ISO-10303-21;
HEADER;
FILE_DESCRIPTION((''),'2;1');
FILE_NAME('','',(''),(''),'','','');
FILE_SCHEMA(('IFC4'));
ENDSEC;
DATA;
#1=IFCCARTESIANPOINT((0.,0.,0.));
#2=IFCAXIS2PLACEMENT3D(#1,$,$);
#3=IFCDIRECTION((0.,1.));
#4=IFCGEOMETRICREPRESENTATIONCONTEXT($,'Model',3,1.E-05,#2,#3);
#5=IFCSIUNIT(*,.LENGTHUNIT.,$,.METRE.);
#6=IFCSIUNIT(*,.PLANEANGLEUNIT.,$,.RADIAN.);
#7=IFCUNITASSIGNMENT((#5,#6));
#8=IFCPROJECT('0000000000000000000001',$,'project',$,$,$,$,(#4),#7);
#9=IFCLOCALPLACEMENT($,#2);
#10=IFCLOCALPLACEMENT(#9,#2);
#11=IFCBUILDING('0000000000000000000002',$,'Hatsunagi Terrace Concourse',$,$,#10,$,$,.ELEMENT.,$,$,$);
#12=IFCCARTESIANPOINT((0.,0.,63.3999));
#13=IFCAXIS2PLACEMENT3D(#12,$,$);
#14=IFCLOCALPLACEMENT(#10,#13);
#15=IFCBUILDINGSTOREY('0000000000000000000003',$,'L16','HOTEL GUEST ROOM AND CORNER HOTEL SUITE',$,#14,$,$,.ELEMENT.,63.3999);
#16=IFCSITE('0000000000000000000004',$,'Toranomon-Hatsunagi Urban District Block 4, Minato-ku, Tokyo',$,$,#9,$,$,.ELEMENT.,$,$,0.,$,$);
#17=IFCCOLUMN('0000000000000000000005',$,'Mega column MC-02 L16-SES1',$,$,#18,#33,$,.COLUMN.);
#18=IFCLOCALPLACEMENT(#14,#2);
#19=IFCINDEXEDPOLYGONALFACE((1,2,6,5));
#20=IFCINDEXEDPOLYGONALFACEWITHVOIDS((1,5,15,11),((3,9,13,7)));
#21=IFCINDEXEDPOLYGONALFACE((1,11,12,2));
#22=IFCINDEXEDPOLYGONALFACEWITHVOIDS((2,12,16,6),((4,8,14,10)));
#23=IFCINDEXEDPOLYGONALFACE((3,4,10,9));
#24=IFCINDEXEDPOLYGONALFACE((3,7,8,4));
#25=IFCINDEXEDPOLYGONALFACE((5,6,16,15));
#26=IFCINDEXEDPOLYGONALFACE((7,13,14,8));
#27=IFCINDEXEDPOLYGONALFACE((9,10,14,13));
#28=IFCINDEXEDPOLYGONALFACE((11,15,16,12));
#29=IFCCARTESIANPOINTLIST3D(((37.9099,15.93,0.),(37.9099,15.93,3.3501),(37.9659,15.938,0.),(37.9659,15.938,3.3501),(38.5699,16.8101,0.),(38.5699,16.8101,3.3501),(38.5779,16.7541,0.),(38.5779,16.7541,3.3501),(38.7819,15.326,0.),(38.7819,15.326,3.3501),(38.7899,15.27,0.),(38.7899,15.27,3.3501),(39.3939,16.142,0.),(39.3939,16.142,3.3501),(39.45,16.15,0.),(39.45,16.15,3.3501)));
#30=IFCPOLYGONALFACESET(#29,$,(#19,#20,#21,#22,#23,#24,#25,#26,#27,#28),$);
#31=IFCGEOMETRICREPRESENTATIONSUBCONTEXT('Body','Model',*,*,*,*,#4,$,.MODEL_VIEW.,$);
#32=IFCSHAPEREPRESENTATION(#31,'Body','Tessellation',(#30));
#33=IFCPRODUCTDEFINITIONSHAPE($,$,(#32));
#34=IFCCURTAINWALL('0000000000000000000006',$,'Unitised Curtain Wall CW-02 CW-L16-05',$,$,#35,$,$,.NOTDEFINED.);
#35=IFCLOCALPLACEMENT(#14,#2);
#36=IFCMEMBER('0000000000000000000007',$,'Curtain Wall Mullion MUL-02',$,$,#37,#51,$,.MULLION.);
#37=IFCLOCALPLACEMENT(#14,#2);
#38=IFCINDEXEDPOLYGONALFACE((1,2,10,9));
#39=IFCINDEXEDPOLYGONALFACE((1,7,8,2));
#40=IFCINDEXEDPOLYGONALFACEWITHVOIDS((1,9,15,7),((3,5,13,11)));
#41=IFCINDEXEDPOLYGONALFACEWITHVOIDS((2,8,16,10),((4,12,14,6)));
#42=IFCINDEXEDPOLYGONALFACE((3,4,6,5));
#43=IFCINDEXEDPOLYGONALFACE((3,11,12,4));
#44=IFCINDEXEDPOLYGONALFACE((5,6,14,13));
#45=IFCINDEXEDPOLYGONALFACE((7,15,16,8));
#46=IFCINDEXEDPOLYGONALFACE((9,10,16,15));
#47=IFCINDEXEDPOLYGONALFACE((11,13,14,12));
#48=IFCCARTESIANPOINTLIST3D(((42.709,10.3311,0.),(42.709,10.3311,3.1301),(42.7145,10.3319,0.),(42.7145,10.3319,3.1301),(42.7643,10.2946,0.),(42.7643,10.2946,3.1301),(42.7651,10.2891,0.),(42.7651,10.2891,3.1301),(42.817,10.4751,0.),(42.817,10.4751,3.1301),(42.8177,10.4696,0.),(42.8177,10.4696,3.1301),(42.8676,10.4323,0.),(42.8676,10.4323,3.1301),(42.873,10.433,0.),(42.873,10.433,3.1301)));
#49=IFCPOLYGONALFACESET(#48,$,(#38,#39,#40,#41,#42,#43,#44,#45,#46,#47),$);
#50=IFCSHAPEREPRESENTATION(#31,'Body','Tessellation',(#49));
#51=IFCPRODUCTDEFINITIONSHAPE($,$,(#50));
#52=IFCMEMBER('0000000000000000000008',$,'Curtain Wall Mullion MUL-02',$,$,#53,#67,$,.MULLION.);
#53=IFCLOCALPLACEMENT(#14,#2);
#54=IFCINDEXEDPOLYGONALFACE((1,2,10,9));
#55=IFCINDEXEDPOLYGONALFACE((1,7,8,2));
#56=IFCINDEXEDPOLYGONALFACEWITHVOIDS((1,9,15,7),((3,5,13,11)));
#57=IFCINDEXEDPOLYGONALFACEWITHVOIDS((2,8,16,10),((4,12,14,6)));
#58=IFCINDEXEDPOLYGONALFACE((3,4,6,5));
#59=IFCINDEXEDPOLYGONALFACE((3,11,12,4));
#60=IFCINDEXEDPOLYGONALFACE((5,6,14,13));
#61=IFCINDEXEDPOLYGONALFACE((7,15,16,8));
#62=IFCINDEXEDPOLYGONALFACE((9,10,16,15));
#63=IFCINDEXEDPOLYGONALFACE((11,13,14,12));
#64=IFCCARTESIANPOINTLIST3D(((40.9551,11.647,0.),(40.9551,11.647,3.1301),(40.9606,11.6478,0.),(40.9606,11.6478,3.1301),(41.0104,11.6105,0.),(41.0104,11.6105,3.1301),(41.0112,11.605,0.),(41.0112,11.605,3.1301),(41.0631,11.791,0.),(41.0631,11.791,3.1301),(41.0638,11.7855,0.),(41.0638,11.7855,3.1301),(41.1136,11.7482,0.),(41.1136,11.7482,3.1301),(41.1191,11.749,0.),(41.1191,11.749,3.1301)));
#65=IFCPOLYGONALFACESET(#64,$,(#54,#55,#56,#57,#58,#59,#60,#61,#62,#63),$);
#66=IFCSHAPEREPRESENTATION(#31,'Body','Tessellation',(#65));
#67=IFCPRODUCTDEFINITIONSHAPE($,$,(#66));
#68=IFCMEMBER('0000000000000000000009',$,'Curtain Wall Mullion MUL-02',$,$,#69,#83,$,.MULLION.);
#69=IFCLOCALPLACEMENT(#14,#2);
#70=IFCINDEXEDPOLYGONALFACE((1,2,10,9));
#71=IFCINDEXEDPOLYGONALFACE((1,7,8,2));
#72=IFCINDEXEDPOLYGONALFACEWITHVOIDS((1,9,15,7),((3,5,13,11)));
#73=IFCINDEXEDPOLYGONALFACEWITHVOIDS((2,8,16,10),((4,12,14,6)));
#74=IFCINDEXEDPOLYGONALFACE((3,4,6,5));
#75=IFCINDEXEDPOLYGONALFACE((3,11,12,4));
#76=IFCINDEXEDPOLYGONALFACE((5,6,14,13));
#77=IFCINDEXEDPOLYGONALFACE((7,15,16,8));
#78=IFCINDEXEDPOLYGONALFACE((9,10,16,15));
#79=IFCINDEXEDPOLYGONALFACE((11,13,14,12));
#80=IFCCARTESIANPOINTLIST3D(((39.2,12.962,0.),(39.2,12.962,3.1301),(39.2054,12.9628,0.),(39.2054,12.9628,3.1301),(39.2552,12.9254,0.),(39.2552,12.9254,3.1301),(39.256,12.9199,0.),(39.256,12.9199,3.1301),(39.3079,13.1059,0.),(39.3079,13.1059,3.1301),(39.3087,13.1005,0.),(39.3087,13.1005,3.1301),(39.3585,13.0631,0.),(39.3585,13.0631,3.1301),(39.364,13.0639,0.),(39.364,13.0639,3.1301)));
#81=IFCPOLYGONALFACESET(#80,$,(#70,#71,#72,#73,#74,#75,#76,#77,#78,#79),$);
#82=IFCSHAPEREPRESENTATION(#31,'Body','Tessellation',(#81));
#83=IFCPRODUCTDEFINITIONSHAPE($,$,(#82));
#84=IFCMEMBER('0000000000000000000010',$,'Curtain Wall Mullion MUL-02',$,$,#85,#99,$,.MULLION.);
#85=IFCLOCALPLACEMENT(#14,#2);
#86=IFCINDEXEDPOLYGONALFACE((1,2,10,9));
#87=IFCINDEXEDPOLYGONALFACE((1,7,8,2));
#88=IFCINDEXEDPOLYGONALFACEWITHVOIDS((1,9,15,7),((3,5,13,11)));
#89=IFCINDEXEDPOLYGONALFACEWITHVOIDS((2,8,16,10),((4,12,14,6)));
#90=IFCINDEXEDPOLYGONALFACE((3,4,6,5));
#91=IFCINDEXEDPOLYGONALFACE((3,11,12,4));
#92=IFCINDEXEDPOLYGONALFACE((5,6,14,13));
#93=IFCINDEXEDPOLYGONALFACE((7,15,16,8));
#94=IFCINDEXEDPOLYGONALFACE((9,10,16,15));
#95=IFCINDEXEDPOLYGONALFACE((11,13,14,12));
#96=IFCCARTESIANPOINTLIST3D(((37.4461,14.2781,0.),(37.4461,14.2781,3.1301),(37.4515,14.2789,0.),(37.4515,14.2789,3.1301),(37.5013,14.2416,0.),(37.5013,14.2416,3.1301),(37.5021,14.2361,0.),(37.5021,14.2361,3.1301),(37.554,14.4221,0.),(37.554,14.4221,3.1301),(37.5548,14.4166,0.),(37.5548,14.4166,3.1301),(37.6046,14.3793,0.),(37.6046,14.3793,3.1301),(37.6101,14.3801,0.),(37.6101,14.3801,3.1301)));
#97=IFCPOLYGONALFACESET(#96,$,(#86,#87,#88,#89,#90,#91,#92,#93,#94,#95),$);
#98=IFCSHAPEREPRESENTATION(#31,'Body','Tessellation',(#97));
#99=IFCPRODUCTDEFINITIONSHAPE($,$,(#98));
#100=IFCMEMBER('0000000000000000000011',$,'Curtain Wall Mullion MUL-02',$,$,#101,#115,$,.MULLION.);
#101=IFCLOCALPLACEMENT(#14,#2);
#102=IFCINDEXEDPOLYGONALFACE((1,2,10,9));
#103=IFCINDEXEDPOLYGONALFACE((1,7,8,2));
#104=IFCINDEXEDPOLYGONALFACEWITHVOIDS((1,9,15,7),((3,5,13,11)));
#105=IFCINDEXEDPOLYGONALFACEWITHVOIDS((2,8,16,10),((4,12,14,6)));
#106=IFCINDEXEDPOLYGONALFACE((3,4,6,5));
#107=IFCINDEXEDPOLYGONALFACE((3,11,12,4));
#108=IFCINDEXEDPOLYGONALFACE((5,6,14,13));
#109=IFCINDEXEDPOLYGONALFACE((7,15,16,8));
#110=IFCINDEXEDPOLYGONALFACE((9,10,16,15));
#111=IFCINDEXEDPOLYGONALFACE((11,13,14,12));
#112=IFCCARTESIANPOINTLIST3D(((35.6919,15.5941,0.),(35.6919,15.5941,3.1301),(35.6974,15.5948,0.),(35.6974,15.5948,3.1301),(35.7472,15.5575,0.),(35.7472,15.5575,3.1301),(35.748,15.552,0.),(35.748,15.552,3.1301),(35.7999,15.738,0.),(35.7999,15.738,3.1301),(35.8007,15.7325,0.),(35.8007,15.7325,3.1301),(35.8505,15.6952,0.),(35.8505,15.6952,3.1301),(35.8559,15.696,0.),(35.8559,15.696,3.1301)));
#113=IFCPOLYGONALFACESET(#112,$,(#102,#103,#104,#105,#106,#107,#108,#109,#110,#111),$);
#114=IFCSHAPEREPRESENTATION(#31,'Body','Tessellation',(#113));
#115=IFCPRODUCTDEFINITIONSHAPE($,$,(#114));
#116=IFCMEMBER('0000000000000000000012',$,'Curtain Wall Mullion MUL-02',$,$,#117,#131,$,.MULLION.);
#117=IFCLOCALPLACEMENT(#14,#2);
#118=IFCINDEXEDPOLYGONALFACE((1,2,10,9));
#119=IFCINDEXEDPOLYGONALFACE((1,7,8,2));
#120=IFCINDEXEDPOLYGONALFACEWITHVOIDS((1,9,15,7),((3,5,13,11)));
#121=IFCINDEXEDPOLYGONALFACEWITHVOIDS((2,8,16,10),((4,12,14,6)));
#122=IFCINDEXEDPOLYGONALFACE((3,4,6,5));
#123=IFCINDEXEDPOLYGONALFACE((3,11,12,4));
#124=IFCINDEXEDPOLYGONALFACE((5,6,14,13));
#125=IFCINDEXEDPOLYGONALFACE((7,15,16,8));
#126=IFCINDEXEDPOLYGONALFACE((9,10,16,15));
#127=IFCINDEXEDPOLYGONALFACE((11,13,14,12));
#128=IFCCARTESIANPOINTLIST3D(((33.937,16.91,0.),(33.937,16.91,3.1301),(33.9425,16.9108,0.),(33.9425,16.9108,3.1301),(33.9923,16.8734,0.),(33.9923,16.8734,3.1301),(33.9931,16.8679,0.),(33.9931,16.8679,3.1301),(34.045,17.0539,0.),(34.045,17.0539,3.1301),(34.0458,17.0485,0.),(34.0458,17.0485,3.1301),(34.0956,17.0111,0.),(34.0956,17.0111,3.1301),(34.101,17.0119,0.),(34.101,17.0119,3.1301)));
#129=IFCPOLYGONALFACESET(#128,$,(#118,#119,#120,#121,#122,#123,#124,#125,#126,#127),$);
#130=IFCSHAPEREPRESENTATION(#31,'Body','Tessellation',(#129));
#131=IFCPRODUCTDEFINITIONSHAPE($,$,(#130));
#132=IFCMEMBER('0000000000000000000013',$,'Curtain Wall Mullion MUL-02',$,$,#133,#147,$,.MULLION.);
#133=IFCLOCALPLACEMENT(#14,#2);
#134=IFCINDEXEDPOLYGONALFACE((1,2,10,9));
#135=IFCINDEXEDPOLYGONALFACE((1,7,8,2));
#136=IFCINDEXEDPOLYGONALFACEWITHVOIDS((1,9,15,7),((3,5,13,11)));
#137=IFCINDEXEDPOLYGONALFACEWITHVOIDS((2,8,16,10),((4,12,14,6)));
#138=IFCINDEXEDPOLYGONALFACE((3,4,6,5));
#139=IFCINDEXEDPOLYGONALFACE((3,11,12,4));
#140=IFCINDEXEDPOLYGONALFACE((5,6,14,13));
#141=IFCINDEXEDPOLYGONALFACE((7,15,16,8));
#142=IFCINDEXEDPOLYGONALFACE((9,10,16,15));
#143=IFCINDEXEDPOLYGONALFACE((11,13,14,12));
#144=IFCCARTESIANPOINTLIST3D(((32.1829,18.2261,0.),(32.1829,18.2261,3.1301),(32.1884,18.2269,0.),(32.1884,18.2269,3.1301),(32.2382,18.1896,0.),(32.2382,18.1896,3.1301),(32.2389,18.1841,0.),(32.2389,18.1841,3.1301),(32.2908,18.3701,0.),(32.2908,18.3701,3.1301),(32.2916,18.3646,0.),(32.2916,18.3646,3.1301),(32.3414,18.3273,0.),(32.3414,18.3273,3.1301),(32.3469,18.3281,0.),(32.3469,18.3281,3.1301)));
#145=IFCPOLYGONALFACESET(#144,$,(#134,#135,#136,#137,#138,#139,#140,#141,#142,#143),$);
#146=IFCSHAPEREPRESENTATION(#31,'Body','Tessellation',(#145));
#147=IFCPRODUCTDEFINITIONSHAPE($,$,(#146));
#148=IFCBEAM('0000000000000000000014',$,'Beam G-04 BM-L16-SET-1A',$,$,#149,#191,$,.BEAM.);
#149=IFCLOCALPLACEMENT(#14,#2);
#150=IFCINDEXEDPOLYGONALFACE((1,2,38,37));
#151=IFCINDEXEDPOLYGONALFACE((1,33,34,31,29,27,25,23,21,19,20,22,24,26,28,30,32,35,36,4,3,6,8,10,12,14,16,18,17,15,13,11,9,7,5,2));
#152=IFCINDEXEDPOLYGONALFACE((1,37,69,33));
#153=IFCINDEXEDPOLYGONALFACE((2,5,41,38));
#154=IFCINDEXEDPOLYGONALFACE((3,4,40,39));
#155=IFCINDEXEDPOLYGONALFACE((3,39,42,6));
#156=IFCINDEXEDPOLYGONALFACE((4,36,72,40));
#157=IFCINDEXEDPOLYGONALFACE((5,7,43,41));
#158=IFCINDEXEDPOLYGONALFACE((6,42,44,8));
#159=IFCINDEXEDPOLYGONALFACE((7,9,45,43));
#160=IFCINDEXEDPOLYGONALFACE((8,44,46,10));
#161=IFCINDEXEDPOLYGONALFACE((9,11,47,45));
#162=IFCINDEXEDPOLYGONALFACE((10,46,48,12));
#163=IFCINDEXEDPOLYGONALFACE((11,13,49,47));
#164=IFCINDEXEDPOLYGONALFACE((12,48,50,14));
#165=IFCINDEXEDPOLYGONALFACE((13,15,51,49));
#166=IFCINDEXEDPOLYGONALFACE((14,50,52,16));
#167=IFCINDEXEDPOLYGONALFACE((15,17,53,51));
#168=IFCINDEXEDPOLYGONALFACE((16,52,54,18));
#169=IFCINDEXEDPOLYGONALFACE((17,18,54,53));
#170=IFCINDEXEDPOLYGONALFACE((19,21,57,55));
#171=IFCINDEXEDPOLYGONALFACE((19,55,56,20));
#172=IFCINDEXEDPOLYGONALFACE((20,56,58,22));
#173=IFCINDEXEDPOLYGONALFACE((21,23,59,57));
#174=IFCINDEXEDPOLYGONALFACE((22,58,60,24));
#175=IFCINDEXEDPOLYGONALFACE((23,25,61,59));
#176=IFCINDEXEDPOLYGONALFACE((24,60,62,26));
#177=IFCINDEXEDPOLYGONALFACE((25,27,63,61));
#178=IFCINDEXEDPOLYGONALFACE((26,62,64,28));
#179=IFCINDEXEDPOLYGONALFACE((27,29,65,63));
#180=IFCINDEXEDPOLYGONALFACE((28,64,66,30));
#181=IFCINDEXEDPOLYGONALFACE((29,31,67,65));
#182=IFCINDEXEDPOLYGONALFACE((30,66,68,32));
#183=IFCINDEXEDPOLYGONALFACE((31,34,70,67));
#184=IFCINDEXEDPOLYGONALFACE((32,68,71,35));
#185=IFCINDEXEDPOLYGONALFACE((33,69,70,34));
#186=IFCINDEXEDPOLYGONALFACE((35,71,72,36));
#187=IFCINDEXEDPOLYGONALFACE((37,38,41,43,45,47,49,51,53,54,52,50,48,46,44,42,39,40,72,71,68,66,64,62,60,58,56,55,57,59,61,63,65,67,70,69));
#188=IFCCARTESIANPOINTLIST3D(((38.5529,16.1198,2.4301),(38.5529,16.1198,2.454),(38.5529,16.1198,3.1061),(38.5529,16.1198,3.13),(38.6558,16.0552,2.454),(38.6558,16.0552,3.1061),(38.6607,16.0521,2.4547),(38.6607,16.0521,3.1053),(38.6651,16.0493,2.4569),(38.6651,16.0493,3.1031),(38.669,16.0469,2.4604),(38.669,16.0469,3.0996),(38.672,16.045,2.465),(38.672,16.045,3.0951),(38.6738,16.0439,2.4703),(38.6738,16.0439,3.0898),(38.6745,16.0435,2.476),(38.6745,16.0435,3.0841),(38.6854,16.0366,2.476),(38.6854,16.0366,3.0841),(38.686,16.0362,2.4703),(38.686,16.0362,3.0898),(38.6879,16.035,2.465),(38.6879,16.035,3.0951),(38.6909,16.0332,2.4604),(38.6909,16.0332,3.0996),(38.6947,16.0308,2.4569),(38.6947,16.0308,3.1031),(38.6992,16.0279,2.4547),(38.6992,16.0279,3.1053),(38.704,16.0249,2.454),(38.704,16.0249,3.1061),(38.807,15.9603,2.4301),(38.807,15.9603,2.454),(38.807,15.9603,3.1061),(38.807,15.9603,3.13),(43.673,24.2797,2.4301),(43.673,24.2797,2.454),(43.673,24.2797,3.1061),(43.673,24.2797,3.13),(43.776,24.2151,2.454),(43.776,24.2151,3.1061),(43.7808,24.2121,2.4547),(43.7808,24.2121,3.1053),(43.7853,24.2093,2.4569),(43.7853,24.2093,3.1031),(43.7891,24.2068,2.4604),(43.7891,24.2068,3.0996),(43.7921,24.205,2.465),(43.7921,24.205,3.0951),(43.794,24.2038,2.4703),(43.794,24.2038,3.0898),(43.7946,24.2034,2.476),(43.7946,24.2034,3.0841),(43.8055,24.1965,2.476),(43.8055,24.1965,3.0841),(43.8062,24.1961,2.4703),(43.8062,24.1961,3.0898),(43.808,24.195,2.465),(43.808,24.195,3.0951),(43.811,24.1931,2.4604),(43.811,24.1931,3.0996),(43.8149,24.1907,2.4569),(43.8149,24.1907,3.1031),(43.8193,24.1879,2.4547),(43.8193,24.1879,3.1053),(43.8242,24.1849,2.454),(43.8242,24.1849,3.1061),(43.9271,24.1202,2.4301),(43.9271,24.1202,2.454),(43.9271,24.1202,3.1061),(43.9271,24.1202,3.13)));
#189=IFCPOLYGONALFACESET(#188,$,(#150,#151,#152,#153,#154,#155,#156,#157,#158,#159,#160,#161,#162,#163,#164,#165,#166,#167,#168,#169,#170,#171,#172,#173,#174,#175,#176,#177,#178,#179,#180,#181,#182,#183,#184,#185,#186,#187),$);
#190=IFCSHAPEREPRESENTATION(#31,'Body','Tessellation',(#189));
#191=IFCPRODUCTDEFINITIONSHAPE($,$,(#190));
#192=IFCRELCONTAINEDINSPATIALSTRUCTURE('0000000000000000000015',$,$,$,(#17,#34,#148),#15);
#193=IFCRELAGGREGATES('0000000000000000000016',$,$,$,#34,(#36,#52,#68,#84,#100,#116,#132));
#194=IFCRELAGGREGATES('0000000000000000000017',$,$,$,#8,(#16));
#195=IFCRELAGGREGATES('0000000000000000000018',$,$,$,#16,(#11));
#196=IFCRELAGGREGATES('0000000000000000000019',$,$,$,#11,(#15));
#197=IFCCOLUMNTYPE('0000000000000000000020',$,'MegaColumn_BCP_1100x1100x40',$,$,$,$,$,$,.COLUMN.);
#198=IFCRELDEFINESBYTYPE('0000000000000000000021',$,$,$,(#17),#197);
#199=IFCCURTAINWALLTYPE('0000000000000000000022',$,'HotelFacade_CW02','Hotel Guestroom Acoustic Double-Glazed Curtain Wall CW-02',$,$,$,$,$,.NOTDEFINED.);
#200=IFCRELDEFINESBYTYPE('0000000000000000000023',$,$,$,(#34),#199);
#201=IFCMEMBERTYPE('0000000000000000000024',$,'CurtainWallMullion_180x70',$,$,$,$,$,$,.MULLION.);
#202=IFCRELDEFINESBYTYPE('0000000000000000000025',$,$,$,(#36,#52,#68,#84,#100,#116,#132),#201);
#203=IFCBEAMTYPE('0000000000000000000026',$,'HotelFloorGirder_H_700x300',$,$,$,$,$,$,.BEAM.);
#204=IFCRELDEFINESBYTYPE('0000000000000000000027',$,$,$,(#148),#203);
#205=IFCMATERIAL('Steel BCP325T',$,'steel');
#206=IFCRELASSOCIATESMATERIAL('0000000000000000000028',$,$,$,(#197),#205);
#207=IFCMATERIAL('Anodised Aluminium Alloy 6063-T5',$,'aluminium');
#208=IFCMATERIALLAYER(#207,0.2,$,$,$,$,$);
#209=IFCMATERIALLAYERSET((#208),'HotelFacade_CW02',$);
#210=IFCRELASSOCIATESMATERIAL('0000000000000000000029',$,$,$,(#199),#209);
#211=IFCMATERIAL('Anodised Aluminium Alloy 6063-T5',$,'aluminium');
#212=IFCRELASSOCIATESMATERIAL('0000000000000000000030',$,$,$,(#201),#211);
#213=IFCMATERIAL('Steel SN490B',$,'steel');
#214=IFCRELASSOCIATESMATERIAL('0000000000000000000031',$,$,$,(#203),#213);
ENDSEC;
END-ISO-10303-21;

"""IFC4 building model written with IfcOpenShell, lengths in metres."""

from ifc_helpers import new_model, si_unit, direction, frame, origin, origin_2d, place, context, subcontext, project, spatial, hollow_rectangle, i_section, extrude, material, layer, layer_set, material_profile, profile_set, type_object, element, aggregate, save


model = new_model("IFC4")

# Units and contexts
model_context = context("Model", 3, precision=1e-05, world=origin(), true_north=direction((0.0, 1.0)))
body_context = subcontext(model_context, "Body", "Model", "MODEL_VIEW")
ifc_project = project(units=[si_unit("LENGTHUNIT", "METRE"), si_unit("PLANEANGLEUNIT", "RADIAN")], contexts=[model_context])

# Site, building, storey
site_placement = place(None, origin())
site = spatial("IfcSite", under=ifc_project, at=site_placement, Name="Toranomon-Hatsunagi Urban District Block 4, Minato-ku, Tokyo", CompositionType="ELEMENT", RefElevation=0.0)
building_placement = place(site_placement, origin())
building = spatial("IfcBuilding", under=site, at=building_placement, Name="Hatsunagi Terrace Concourse", CompositionType="ELEMENT")
storey_placement = place(building_placement, frame((0.0, 0.0, 63.3999)))
storey = spatial("IfcBuildingStorey", under=building, at=storey_placement, Name="L16", Description="HOTEL GUEST ROOM AND CORNER HOTEL SUITE", CompositionType="ELEMENT", Elevation=63.3999)

# Column
ifc_material_1 = material(Name="Steel BCP325T", Category="steel")
ifc_material_profile_1 = material_profile(ifc_material_1, hollow_rectangle(XDim=1.1001, YDim=1.1001, WallThickness=0.04, at=origin_2d()), Name="BCP-1100x1100x40")
ifc_profile_set_1 = profile_set([ifc_material_profile_1], Name="Steel BCP325T")
column_type = type_object("IfcColumnType", Name="MegaColumn_BCP_1100x1100x40", PredefinedType="COLUMN", material=ifc_profile_set_1)
column_placement = place(storey_placement, frame((38.6799, 16.04, 0.0), z_axis=(0.0, 0.0, 1.0), x_axis=(0.8, -0.6, 0.0)))
element("IfcColumn", 1, at=column_placement, inside=storey, type_object=column_type, Name="Mega column MC-02 L16-SES1", PredefinedType="COLUMN", context=body_context, shape_type="SweptSolid", body=[
    extrude(hollow_rectangle(XDim=1.1001, YDim=1.1001, WallThickness=0.04, at=origin_2d()), origin(), (0.0, 0.0, 1.0), 3.3501),
])

# Curtain wall, members
ifc_material_2 = material(Name="Anodised Aluminium Alloy 6063-T5", Category="aluminium")
ifc_layer_1 = layer(ifc_material_2, 0.2)
ifc_layer_set_1 = layer_set([ifc_layer_1], Name="HotelFacade_CW02")
curtain_wall_type = type_object("IfcCurtainWallType", Name="HotelFacade_CW02", Description="Hotel Guestroom Acoustic Double-Glazed Curtain Wall CW-02", PredefinedType="NOTDEFINED", material=ifc_layer_set_1)
curtain_wall_placement = place(storey_placement, origin())
curtain_wall = element("IfcCurtainWall", 2, at=curtain_wall_placement, inside=storey, type_object=curtain_wall_type, Name="Unitised Curtain Wall CW-02 CW-L16-05", PredefinedType="NOTDEFINED")
ifc_material_3 = material(Name="Anodised Aluminium Alloy 6063-T5", Category="aluminium")
ifc_material_profile_2 = material_profile(ifc_material_3, hollow_rectangle(XDim=0.0701, YDim=0.1799, WallThickness=0.0039, at=origin_2d()), Name="ALU-MUL-180x70x4")
ifc_profile_set_2 = profile_set([ifc_material_profile_2], Name="Anodised Aluminium Alloy 6063-T5")
member_type = type_object("IfcMemberType", Name="CurtainWallMullion_180x70", PredefinedType="MULLION", material=ifc_profile_set_2)
member_1_placement = place(storey_placement, frame((42.791, 10.3821, 0.0), z_axis=(0.0, 0.0, 1.0), x_axis=(-0.800003, 0.599996, 0.0)))
member_1 = element("IfcMember", 3, at=member_1_placement, type_object=member_type, Name="Curtain Wall Mullion MUL-02", PredefinedType="MULLION", context=body_context, shape_type="SweptSolid", body=[
    extrude(hollow_rectangle(XDim=0.0701, YDim=0.1799, WallThickness=0.0039, at=origin_2d()), origin(), (0.0, 0.0, 1.0), 3.1301),
])
member_2_placement = place(storey_placement, frame((41.0371, 11.698, 0.0), z_axis=(0.0, 0.0, 1.0), x_axis=(-0.800003, 0.599996, 0.0)))
member_2 = element("IfcMember", 4, at=member_2_placement, type_object=member_type, Name="Curtain Wall Mullion MUL-02", PredefinedType="MULLION", context=body_context, shape_type="SweptSolid", body=[
    extrude(hollow_rectangle(XDim=0.0701, YDim=0.1799, WallThickness=0.0039, at=origin_2d()), origin(), (0.0, 0.0, 1.0), 3.1301),
])
member_3_placement = place(storey_placement, frame((39.282, 13.0129, 0.0), z_axis=(0.0, 0.0, 1.0), x_axis=(-0.800003, 0.599996, 0.0)))
member_3 = element("IfcMember", 5, at=member_3_placement, type_object=member_type, Name="Curtain Wall Mullion MUL-02", PredefinedType="MULLION", context=body_context, shape_type="SweptSolid", body=[
    extrude(hollow_rectangle(XDim=0.0701, YDim=0.1799, WallThickness=0.0039, at=origin_2d()), origin(), (0.0, 0.0, 1.0), 3.1301),
])
member_4_placement = place(storey_placement, frame((37.5281, 14.3291, 0.0), z_axis=(0.0, 0.0, 1.0), x_axis=(-0.800003, 0.599996, 0.0)))
member_4 = element("IfcMember", 6, at=member_4_placement, type_object=member_type, Name="Curtain Wall Mullion MUL-02", PredefinedType="MULLION", context=body_context, shape_type="SweptSolid", body=[
    extrude(hollow_rectangle(XDim=0.0701, YDim=0.1799, WallThickness=0.0039, at=origin_2d()), origin(), (0.0, 0.0, 1.0), 3.1301),
])
member_5_placement = place(storey_placement, frame((35.7739, 15.645, 0.0), z_axis=(0.0, 0.0, 1.0), x_axis=(-0.800003, 0.599996, 0.0)))
member_5 = element("IfcMember", 7, at=member_5_placement, type_object=member_type, Name="Curtain Wall Mullion MUL-02", PredefinedType="MULLION", context=body_context, shape_type="SweptSolid", body=[
    extrude(hollow_rectangle(XDim=0.0701, YDim=0.1799, WallThickness=0.0039, at=origin_2d()), origin(), (0.0, 0.0, 1.0), 3.1301),
])
member_6_placement = place(storey_placement, frame((34.019, 16.9609, 0.0), z_axis=(0.0, 0.0, 1.0), x_axis=(-0.800003, 0.599996, 0.0)))
member_6 = element("IfcMember", 8, at=member_6_placement, type_object=member_type, Name="Curtain Wall Mullion MUL-02", PredefinedType="MULLION", context=body_context, shape_type="SweptSolid", body=[
    extrude(hollow_rectangle(XDim=0.0701, YDim=0.1799, WallThickness=0.0039, at=origin_2d()), origin(), (0.0, 0.0, 1.0), 3.1301),
])
member_7_placement = place(storey_placement, frame((32.2649, 18.2771, 0.0), z_axis=(0.0, 0.0, 1.0), x_axis=(-0.800003, 0.599996, 0.0)))
member_7 = element("IfcMember", 9, at=member_7_placement, type_object=member_type, Name="Curtain Wall Mullion MUL-02", PredefinedType="MULLION", context=body_context, shape_type="SweptSolid", body=[
    extrude(hollow_rectangle(XDim=0.0701, YDim=0.1799, WallThickness=0.0039, at=origin_2d()), origin(), (0.0, 0.0, 1.0), 3.1301),
])

# Beam
ifc_material_4 = material(Name="Steel SN490B", Category="steel")
ifc_material_profile_3 = material_profile(ifc_material_4, i_section(OverallWidth=0.3, OverallDepth=0.7, WebThickness=0.0129, FlangeThickness=0.0239, FilletRadius=0.022, at=origin_2d()), Name="H-700x300x13x24")
ifc_profile_set_3 = profile_set([ifc_material_profile_3], Name="Steel SN490B")
beam_type_1 = type_object("IfcBeamType", Name="HotelFloorGirder_H_700x300", PredefinedType="BEAM", material=ifc_profile_set_3)
beam_1_placement = place(storey_placement, frame((38.6799, 16.04, 2.78), z_axis=(0.531504, 0.847056, 0.0), x_axis=(-0.847056, 0.531504, 0.0)))
element("IfcBeam", 10, at=beam_1_placement, inside=storey, type_object=beam_type_1, Name="Beam G-04 BM-L16-SET-1A", PredefinedType="BEAM", context=body_context, shape_type="SweptSolid", body=[
    extrude(i_section(OverallWidth=0.3, OverallDepth=0.7, WebThickness=0.0129, FlangeThickness=0.0239, FilletRadius=0.022, at=origin_2d()), origin(), (0.0, 0.0, 1.0), 9.6333),
])

aggregate(curtain_wall, [member_1, member_2, member_3, member_4, member_5, member_6, member_7])

save(model, "model.ifc")
